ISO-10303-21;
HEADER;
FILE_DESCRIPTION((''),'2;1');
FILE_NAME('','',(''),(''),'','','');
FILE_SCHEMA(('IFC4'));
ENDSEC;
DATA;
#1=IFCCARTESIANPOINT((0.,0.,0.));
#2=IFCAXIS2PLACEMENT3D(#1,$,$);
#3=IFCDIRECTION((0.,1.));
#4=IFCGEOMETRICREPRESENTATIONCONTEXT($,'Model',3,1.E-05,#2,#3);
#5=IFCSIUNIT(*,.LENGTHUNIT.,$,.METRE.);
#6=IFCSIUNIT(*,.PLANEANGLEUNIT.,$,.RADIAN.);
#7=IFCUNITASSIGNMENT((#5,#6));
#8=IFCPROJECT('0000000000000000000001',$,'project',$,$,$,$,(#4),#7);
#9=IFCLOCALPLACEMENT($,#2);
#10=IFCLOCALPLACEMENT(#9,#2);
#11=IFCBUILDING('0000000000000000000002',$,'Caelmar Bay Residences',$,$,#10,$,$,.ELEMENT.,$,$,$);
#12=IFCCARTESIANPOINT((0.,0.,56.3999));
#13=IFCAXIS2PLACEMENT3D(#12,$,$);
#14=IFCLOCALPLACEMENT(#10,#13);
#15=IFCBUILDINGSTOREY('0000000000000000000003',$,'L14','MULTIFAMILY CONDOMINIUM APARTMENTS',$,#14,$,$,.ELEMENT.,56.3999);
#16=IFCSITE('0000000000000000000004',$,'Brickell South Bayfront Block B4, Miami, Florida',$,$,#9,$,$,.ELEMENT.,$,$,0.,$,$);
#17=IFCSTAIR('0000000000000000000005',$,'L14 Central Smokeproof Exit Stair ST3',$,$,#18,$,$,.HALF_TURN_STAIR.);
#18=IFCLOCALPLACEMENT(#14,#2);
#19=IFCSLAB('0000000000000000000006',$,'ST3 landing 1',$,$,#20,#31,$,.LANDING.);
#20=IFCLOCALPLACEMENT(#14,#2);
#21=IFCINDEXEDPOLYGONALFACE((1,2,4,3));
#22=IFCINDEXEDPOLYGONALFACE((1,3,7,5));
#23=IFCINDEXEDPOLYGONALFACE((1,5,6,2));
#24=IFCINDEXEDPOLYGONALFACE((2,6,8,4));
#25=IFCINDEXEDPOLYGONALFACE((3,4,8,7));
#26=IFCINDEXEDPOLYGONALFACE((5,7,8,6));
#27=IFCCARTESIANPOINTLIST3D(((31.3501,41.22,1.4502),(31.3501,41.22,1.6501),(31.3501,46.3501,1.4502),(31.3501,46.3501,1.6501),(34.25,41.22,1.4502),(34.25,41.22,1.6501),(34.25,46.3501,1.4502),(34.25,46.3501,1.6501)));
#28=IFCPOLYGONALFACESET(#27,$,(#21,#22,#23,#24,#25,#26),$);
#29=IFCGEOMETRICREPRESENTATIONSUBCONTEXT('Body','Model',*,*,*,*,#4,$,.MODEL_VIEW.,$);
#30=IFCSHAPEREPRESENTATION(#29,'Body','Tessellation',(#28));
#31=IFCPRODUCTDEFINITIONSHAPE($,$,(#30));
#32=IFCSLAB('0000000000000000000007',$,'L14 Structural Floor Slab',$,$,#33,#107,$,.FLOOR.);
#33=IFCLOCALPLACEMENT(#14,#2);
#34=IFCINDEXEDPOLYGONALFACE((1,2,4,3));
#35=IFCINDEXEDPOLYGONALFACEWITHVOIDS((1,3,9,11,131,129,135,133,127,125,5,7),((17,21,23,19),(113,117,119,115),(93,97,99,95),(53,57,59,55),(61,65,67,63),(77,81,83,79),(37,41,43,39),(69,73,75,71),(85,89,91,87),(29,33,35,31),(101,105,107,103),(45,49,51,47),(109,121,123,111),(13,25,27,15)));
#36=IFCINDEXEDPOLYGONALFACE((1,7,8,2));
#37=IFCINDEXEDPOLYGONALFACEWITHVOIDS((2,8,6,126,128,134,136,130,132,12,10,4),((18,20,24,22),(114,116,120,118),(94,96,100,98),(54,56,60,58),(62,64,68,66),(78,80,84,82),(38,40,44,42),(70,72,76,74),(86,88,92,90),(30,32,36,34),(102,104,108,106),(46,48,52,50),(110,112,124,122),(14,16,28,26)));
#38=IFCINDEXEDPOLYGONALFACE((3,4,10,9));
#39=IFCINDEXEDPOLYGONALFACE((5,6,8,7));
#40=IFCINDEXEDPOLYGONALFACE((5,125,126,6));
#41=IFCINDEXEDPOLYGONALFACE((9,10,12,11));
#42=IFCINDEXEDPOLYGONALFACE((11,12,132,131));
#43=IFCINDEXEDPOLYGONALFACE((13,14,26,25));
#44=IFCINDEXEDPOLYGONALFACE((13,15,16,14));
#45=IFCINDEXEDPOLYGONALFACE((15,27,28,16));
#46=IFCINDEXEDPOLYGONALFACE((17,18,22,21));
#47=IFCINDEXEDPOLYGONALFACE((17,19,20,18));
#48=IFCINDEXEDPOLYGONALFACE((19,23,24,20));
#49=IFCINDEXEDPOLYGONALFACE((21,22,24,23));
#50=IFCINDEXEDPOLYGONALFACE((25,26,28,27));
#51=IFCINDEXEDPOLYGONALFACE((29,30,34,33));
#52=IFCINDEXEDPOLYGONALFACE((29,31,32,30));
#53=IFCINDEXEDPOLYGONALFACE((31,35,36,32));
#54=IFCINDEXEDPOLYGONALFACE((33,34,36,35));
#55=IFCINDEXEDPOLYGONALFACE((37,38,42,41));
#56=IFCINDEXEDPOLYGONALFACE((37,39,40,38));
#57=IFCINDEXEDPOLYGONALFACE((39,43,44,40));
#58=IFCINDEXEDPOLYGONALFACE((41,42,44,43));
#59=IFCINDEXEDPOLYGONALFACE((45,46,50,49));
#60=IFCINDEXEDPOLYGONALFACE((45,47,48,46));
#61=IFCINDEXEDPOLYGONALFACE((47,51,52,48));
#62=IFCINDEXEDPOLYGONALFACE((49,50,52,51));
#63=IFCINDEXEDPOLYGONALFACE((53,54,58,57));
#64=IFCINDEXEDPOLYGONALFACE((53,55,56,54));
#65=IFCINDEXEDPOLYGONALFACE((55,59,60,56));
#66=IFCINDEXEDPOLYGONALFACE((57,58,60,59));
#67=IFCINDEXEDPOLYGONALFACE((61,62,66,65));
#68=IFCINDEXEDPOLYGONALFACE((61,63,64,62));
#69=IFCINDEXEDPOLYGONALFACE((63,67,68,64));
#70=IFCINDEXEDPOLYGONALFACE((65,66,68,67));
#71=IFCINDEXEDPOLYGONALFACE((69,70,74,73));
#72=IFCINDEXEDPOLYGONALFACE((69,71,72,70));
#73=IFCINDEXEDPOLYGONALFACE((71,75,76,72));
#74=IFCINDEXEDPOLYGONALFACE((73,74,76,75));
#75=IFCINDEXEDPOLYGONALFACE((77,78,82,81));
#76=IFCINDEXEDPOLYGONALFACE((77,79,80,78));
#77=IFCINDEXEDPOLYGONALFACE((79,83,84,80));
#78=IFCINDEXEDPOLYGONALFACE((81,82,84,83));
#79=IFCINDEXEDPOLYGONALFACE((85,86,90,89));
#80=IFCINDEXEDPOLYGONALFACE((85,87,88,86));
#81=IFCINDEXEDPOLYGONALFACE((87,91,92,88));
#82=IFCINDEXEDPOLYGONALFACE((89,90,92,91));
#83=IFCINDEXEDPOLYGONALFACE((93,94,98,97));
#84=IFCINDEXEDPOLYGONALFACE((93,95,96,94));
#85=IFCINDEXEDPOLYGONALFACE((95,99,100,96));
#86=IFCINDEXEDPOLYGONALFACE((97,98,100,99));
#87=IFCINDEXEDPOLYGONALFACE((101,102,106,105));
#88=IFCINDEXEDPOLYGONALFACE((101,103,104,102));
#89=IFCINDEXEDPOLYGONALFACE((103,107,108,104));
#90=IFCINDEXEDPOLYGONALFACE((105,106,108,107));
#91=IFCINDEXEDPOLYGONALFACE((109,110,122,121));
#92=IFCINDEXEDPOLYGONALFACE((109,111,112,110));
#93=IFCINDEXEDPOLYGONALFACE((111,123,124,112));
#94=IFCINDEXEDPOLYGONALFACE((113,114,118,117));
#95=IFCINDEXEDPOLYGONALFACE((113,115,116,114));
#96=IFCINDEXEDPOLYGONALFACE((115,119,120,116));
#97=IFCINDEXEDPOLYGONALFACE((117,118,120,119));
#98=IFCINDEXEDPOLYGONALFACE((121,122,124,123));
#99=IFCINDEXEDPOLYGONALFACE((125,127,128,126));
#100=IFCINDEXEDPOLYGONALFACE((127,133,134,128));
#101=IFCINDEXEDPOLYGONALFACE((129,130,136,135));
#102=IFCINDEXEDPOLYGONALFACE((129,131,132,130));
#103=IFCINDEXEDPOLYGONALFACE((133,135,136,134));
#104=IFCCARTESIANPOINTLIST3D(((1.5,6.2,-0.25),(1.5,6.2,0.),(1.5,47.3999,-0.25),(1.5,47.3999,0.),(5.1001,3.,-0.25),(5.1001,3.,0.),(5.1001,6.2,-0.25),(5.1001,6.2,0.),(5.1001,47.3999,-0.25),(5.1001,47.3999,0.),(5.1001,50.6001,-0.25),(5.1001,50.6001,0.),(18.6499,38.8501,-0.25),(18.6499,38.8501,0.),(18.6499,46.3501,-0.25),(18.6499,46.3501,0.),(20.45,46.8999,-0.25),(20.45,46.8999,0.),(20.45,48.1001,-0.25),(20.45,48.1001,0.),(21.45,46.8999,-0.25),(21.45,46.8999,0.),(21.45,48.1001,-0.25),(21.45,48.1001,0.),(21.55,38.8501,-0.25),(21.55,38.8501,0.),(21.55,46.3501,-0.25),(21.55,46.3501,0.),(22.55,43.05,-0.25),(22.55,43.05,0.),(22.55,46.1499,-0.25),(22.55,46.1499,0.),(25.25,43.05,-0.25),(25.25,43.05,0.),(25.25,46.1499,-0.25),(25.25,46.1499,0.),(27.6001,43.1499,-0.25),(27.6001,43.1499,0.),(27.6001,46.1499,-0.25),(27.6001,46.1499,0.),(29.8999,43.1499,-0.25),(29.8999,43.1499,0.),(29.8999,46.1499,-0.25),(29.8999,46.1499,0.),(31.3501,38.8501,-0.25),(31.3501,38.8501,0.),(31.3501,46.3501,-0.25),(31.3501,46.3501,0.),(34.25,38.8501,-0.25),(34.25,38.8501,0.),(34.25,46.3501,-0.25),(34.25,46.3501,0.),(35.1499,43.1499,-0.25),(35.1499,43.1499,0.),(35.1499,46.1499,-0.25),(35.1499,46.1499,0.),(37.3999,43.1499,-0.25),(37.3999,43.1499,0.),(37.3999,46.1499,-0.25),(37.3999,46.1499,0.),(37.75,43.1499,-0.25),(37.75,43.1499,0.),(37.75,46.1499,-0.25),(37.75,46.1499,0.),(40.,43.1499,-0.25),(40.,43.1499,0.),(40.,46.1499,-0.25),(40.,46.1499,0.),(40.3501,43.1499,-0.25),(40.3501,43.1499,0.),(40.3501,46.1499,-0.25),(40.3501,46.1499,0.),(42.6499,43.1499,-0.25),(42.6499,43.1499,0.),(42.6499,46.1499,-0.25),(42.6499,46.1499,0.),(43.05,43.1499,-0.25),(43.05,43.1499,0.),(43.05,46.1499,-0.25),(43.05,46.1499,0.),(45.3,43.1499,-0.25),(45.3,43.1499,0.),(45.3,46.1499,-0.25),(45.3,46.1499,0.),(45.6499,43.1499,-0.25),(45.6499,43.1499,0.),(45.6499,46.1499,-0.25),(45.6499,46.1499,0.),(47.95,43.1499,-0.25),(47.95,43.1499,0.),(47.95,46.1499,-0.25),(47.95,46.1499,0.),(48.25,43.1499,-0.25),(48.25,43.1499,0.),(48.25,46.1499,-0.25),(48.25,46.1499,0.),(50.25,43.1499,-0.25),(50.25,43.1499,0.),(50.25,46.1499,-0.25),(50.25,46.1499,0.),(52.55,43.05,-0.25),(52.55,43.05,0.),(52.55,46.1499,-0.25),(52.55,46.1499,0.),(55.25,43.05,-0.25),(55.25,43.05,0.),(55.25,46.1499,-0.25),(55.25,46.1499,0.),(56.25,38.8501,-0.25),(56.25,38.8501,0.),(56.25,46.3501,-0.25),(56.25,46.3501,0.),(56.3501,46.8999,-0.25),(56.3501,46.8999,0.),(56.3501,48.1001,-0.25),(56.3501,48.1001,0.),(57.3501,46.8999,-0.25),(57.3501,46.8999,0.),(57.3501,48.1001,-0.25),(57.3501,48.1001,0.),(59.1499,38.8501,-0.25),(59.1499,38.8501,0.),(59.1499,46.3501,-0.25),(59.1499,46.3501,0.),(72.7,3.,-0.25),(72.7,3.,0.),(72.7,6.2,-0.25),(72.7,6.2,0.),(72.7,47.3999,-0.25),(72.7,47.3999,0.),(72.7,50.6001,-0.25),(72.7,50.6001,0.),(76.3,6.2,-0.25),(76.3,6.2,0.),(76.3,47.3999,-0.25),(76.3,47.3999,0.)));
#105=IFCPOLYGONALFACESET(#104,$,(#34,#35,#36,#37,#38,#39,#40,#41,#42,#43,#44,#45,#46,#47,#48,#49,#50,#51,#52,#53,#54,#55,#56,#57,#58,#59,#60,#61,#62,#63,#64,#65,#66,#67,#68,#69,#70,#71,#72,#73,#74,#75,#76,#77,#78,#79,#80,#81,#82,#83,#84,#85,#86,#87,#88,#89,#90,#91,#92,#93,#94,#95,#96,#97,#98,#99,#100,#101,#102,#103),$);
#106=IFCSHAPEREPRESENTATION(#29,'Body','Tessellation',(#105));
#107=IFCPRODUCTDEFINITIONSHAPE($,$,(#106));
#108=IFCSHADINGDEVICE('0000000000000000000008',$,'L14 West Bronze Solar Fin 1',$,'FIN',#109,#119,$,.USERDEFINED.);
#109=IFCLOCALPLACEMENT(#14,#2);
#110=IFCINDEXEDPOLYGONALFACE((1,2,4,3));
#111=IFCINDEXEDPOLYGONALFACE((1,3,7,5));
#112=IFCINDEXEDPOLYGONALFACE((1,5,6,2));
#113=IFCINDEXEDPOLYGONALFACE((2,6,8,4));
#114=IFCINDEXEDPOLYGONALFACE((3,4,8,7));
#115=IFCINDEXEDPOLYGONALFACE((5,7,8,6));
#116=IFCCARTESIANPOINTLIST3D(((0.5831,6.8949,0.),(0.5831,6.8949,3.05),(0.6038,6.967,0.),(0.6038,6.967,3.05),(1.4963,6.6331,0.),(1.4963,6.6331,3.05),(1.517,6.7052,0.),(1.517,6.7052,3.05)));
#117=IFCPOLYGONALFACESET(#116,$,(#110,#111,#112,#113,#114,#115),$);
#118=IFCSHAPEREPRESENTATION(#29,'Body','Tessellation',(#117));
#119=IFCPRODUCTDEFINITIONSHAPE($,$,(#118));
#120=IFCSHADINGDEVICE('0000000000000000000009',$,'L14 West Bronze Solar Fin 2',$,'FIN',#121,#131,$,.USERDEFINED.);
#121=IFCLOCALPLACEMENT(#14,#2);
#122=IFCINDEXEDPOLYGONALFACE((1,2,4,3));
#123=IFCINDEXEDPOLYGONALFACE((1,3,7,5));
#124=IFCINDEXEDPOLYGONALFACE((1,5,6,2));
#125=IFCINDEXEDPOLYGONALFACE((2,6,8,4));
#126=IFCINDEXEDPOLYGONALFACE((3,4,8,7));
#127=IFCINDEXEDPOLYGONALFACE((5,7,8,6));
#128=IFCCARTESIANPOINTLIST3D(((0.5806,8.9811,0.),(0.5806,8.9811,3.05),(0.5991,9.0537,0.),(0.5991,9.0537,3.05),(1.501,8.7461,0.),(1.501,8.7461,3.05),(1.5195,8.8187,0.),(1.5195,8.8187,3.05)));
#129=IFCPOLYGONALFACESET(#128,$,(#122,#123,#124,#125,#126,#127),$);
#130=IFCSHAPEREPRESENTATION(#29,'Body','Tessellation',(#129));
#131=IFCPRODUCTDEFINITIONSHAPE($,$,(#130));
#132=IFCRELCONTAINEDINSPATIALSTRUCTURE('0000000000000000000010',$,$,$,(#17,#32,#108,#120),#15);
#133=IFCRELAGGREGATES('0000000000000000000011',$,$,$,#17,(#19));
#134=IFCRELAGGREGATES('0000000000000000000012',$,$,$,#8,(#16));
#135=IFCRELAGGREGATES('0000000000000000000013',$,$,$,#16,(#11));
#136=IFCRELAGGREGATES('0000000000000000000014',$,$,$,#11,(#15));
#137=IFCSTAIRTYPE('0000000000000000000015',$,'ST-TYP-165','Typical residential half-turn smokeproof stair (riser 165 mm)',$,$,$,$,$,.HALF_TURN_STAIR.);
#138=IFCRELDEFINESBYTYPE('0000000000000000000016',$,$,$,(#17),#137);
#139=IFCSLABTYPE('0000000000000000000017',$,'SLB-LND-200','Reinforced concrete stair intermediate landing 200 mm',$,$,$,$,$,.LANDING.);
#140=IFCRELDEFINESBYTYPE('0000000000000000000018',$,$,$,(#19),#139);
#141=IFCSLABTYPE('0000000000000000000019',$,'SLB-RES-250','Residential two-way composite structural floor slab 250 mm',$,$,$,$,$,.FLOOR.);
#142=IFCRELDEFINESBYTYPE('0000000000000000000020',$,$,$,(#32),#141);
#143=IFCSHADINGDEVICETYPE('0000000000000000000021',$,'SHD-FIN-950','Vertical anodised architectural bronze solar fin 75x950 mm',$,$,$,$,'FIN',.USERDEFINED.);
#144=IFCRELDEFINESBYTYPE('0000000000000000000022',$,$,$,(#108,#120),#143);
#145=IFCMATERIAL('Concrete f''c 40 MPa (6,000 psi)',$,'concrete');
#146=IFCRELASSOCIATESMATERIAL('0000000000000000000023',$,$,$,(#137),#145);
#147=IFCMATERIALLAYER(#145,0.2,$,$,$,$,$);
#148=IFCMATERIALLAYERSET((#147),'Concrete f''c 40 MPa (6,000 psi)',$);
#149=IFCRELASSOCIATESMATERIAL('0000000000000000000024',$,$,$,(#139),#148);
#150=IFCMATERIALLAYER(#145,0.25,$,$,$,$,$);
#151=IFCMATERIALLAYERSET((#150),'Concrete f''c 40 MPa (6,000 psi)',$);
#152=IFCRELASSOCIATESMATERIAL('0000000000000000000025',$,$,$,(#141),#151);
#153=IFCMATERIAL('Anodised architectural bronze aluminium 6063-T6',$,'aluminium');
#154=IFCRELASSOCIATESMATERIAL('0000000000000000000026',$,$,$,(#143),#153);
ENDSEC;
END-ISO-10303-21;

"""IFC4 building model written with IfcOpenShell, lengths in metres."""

from ifc_helpers import new_model, si_unit, direction, frame, origin, origin_2d, place, context, subcontext, project, spatial, polyline, rectangle, outline, extrude, material, layer, layer_set, material_profile, profile_set, type_object, element, aggregate, save


model = new_model("IFC4")

# Units and contexts
model_context = context("Model", 3, precision=1e-05, world=origin(), true_north=direction((0.0, 1.0)))
body_context = subcontext(model_context, "Body", "Model", "MODEL_VIEW")
ifc_project = project(units=[si_unit("LENGTHUNIT", "METRE"), si_unit("PLANEANGLEUNIT", "RADIAN")], contexts=[model_context])

# Site, building, storey
site_placement = place(None, origin())
site = spatial("IfcSite", under=ifc_project, at=site_placement, Name="Brickell South Bayfront Block B4, Miami, Florida", CompositionType="ELEMENT", RefElevation=0.0)
building_placement = place(site_placement, origin())
building = spatial("IfcBuilding", under=site, at=building_placement, Name="Caelmar Bay Residences", CompositionType="ELEMENT")
storey_placement = place(building_placement, frame((0.0, 0.0, 56.3999)))
storey = spatial("IfcBuildingStorey", under=building, at=storey_placement, Name="L14", Description="MULTIFAMILY CONDOMINIUM APARTMENTS", CompositionType="ELEMENT", Elevation=56.3999)

# Shared definitions
ifc_material_1 = material(Name="Concrete f'c 40 MPa (6,000 psi)", Category="concrete")

# Stair, slab
stair_type = type_object("IfcStairType", Name="ST-TYP-165", Description="Typical residential half-turn smokeproof stair (riser 165 mm)", PredefinedType="HALF_TURN_STAIR", material=ifc_material_1)
ifc_layer_1 = layer(ifc_material_1, 0.2)
ifc_layer_set_1 = layer_set([ifc_layer_1], Name="Concrete f'c 40 MPa (6,000 psi)")
slab_type_1 = type_object("IfcSlabType", Name="SLB-LND-200", Description="Reinforced concrete stair intermediate landing 200 mm", PredefinedType="LANDING", material=ifc_layer_set_1)
stair_1_placement = place(storey_placement, origin())
stair_1 = element("IfcStair", 1, at=stair_1_placement, inside=storey, type_object=stair_type, Name="L14 Central Smokeproof Exit Stair ST3", PredefinedType="HALF_TURN_STAIR")
slab_1_placement = place(storey_placement, frame((0.0, 0.0, 1.4502)))
slab_1 = element("IfcSlab", 2, at=slab_1_placement, type_object=slab_type_1, Name="ST3 landing 1", PredefinedType="LANDING", context=body_context, shape_type="SweptSolid", body=[
    extrude(outline(polyline([(34.25, 41.22), (34.25, 46.3501), (31.3501, 46.3501), (31.3501, 41.22), (34.25, 41.22)])), origin(), (0.0, 0.0, 1.0), 0.2),
])
aggregate(stair_1, [slab_1])

# Slab
ifc_layer_2 = layer(ifc_material_1, 0.25)
ifc_layer_set_2 = layer_set([ifc_layer_2], Name="Concrete f'c 40 MPa (6,000 psi)")
slab_type_2 = type_object("IfcSlabType", Name="SLB-RES-250", Description="Residential two-way composite structural floor slab 250 mm", PredefinedType="FLOOR", material=ifc_layer_set_2)
slab_2_placement = place(storey_placement, frame((0.0, 0.0, -0.25)))
element("IfcSlab", 3, at=slab_2_placement, inside=storey, type_object=slab_type_2, Name="L14 Structural Floor Slab", PredefinedType="FLOOR", context=body_context, shape_type="SweptSolid", body=[
    extrude(outline(polyline([(5.1001, 3.0), (72.7, 3.0), (72.7, 6.2), (76.3, 6.2), (76.3, 47.3999), (72.7, 47.3999), (72.7, 50.6001), (5.1001, 50.6001), (5.1001, 47.3999), (1.5, 47.3999), (1.5, 6.2), (5.1001, 6.2), (5.1001, 3.0)]), holes=[polyline([(18.6499, 38.8501), (21.55, 38.8501), (21.55, 46.3501), (18.6499, 46.3501), (18.6499, 38.8501)]), polyline([(56.25, 38.8501), (59.1499, 38.8501), (59.1499, 46.3501), (56.25, 46.3501), (56.25, 38.8501)]), polyline([(31.3501, 38.8501), (34.25, 38.8501), (34.25, 46.3501), (31.3501, 46.3501), (31.3501, 38.8501)]), polyline([(22.55, 43.05), (25.25, 43.05), (25.25, 46.1499), (22.55, 46.1499), (22.55, 43.05)]), polyline([(52.55, 43.05), (55.25, 43.05), (55.25, 46.1499), (52.55, 46.1499), (52.55, 43.05)]), polyline([(35.1499, 43.1499), (37.3999, 43.1499), (37.3999, 46.1499), (35.1499, 46.1499), (35.1499, 43.1499)]), polyline([(37.75, 43.1499), (40.0, 43.1499), (40.0, 46.1499), (37.75, 46.1499), (37.75, 43.1499)]), polyline([(40.3501, 43.1499), (42.6499, 43.1499), (42.6499, 46.1499), (40.3501, 46.1499), (40.3501, 43.1499)]), polyline([(43.05, 43.1499), (45.3, 43.1499), (45.3, 46.1499), (43.05, 46.1499), (43.05, 43.1499)]), polyline([(45.6499, 43.1499), (47.95, 43.1499), (47.95, 46.1499), (45.6499, 46.1499), (45.6499, 43.1499)]), polyline([(48.25, 43.1499), (50.25, 43.1499), (50.25, 46.1499), (48.25, 46.1499), (48.25, 43.1499)]), polyline([(27.6001, 43.1499), (29.8999, 43.1499), (29.8999, 46.1499), (27.6001, 46.1499), (27.6001, 43.1499)]), polyline([(20.45, 46.8999), (21.45, 46.8999), (21.45, 48.1001), (20.45, 48.1001), (20.45, 46.8999)]), polyline([(56.3501, 46.8999), (57.3501, 46.8999), (57.3501, 48.1001), (56.3501, 48.1001), (56.3501, 46.8999)])]), origin(), (0.0, 0.0, 1.0), 0.25),
])

# Shading devices
ifc_material_2 = material(Name="Anodised architectural bronze aluminium 6063-T6", Category="aluminium")
ifc_material_profile_1 = material_profile(ifc_material_2, rectangle(XDim=0.075, YDim=0.95, at=origin_2d()), Name="BRONZE-FIN-75X950")
ifc_profile_set_1 = profile_set([ifc_material_profile_1], Name="Anodised architectural bronze aluminium 6063-T6")
shading_device_type = type_object("IfcShadingDeviceType", Name="SHD-FIN-950", Description="Vertical anodised architectural bronze solar fin 75x950 mm", ElementType="FIN", PredefinedType="USERDEFINED", material=ifc_profile_set_1)
for number, where, z_axis, x_axis, name in (
    (4, (1.05, 6.8, 0.0), (0.0, 0.0, 1.0), (0.275637, 0.961262, 0.0), "L14 West Bronze Solar Fin 1"),
    (5, (1.05, 8.8999, 0.0), (0.0, 0.0, 1.0), (0.247337, 0.968929, 0.0), "L14 West Bronze Solar Fin 2"),
):
    element("IfcShadingDevice", number, at=place(storey_placement, frame(where, z_axis=z_axis, x_axis=x_axis)), inside=storey, type_object=shading_device_type, Name=name, ObjectType="FIN", PredefinedType="USERDEFINED", context=body_context, shape_type="SweptSolid", body=[
        extrude(rectangle(XDim=0.075, YDim=0.95, at=origin_2d()), origin(), (0.0, 0.0, 1.0), 3.05),
    ])

save(model, "model.ifc")
